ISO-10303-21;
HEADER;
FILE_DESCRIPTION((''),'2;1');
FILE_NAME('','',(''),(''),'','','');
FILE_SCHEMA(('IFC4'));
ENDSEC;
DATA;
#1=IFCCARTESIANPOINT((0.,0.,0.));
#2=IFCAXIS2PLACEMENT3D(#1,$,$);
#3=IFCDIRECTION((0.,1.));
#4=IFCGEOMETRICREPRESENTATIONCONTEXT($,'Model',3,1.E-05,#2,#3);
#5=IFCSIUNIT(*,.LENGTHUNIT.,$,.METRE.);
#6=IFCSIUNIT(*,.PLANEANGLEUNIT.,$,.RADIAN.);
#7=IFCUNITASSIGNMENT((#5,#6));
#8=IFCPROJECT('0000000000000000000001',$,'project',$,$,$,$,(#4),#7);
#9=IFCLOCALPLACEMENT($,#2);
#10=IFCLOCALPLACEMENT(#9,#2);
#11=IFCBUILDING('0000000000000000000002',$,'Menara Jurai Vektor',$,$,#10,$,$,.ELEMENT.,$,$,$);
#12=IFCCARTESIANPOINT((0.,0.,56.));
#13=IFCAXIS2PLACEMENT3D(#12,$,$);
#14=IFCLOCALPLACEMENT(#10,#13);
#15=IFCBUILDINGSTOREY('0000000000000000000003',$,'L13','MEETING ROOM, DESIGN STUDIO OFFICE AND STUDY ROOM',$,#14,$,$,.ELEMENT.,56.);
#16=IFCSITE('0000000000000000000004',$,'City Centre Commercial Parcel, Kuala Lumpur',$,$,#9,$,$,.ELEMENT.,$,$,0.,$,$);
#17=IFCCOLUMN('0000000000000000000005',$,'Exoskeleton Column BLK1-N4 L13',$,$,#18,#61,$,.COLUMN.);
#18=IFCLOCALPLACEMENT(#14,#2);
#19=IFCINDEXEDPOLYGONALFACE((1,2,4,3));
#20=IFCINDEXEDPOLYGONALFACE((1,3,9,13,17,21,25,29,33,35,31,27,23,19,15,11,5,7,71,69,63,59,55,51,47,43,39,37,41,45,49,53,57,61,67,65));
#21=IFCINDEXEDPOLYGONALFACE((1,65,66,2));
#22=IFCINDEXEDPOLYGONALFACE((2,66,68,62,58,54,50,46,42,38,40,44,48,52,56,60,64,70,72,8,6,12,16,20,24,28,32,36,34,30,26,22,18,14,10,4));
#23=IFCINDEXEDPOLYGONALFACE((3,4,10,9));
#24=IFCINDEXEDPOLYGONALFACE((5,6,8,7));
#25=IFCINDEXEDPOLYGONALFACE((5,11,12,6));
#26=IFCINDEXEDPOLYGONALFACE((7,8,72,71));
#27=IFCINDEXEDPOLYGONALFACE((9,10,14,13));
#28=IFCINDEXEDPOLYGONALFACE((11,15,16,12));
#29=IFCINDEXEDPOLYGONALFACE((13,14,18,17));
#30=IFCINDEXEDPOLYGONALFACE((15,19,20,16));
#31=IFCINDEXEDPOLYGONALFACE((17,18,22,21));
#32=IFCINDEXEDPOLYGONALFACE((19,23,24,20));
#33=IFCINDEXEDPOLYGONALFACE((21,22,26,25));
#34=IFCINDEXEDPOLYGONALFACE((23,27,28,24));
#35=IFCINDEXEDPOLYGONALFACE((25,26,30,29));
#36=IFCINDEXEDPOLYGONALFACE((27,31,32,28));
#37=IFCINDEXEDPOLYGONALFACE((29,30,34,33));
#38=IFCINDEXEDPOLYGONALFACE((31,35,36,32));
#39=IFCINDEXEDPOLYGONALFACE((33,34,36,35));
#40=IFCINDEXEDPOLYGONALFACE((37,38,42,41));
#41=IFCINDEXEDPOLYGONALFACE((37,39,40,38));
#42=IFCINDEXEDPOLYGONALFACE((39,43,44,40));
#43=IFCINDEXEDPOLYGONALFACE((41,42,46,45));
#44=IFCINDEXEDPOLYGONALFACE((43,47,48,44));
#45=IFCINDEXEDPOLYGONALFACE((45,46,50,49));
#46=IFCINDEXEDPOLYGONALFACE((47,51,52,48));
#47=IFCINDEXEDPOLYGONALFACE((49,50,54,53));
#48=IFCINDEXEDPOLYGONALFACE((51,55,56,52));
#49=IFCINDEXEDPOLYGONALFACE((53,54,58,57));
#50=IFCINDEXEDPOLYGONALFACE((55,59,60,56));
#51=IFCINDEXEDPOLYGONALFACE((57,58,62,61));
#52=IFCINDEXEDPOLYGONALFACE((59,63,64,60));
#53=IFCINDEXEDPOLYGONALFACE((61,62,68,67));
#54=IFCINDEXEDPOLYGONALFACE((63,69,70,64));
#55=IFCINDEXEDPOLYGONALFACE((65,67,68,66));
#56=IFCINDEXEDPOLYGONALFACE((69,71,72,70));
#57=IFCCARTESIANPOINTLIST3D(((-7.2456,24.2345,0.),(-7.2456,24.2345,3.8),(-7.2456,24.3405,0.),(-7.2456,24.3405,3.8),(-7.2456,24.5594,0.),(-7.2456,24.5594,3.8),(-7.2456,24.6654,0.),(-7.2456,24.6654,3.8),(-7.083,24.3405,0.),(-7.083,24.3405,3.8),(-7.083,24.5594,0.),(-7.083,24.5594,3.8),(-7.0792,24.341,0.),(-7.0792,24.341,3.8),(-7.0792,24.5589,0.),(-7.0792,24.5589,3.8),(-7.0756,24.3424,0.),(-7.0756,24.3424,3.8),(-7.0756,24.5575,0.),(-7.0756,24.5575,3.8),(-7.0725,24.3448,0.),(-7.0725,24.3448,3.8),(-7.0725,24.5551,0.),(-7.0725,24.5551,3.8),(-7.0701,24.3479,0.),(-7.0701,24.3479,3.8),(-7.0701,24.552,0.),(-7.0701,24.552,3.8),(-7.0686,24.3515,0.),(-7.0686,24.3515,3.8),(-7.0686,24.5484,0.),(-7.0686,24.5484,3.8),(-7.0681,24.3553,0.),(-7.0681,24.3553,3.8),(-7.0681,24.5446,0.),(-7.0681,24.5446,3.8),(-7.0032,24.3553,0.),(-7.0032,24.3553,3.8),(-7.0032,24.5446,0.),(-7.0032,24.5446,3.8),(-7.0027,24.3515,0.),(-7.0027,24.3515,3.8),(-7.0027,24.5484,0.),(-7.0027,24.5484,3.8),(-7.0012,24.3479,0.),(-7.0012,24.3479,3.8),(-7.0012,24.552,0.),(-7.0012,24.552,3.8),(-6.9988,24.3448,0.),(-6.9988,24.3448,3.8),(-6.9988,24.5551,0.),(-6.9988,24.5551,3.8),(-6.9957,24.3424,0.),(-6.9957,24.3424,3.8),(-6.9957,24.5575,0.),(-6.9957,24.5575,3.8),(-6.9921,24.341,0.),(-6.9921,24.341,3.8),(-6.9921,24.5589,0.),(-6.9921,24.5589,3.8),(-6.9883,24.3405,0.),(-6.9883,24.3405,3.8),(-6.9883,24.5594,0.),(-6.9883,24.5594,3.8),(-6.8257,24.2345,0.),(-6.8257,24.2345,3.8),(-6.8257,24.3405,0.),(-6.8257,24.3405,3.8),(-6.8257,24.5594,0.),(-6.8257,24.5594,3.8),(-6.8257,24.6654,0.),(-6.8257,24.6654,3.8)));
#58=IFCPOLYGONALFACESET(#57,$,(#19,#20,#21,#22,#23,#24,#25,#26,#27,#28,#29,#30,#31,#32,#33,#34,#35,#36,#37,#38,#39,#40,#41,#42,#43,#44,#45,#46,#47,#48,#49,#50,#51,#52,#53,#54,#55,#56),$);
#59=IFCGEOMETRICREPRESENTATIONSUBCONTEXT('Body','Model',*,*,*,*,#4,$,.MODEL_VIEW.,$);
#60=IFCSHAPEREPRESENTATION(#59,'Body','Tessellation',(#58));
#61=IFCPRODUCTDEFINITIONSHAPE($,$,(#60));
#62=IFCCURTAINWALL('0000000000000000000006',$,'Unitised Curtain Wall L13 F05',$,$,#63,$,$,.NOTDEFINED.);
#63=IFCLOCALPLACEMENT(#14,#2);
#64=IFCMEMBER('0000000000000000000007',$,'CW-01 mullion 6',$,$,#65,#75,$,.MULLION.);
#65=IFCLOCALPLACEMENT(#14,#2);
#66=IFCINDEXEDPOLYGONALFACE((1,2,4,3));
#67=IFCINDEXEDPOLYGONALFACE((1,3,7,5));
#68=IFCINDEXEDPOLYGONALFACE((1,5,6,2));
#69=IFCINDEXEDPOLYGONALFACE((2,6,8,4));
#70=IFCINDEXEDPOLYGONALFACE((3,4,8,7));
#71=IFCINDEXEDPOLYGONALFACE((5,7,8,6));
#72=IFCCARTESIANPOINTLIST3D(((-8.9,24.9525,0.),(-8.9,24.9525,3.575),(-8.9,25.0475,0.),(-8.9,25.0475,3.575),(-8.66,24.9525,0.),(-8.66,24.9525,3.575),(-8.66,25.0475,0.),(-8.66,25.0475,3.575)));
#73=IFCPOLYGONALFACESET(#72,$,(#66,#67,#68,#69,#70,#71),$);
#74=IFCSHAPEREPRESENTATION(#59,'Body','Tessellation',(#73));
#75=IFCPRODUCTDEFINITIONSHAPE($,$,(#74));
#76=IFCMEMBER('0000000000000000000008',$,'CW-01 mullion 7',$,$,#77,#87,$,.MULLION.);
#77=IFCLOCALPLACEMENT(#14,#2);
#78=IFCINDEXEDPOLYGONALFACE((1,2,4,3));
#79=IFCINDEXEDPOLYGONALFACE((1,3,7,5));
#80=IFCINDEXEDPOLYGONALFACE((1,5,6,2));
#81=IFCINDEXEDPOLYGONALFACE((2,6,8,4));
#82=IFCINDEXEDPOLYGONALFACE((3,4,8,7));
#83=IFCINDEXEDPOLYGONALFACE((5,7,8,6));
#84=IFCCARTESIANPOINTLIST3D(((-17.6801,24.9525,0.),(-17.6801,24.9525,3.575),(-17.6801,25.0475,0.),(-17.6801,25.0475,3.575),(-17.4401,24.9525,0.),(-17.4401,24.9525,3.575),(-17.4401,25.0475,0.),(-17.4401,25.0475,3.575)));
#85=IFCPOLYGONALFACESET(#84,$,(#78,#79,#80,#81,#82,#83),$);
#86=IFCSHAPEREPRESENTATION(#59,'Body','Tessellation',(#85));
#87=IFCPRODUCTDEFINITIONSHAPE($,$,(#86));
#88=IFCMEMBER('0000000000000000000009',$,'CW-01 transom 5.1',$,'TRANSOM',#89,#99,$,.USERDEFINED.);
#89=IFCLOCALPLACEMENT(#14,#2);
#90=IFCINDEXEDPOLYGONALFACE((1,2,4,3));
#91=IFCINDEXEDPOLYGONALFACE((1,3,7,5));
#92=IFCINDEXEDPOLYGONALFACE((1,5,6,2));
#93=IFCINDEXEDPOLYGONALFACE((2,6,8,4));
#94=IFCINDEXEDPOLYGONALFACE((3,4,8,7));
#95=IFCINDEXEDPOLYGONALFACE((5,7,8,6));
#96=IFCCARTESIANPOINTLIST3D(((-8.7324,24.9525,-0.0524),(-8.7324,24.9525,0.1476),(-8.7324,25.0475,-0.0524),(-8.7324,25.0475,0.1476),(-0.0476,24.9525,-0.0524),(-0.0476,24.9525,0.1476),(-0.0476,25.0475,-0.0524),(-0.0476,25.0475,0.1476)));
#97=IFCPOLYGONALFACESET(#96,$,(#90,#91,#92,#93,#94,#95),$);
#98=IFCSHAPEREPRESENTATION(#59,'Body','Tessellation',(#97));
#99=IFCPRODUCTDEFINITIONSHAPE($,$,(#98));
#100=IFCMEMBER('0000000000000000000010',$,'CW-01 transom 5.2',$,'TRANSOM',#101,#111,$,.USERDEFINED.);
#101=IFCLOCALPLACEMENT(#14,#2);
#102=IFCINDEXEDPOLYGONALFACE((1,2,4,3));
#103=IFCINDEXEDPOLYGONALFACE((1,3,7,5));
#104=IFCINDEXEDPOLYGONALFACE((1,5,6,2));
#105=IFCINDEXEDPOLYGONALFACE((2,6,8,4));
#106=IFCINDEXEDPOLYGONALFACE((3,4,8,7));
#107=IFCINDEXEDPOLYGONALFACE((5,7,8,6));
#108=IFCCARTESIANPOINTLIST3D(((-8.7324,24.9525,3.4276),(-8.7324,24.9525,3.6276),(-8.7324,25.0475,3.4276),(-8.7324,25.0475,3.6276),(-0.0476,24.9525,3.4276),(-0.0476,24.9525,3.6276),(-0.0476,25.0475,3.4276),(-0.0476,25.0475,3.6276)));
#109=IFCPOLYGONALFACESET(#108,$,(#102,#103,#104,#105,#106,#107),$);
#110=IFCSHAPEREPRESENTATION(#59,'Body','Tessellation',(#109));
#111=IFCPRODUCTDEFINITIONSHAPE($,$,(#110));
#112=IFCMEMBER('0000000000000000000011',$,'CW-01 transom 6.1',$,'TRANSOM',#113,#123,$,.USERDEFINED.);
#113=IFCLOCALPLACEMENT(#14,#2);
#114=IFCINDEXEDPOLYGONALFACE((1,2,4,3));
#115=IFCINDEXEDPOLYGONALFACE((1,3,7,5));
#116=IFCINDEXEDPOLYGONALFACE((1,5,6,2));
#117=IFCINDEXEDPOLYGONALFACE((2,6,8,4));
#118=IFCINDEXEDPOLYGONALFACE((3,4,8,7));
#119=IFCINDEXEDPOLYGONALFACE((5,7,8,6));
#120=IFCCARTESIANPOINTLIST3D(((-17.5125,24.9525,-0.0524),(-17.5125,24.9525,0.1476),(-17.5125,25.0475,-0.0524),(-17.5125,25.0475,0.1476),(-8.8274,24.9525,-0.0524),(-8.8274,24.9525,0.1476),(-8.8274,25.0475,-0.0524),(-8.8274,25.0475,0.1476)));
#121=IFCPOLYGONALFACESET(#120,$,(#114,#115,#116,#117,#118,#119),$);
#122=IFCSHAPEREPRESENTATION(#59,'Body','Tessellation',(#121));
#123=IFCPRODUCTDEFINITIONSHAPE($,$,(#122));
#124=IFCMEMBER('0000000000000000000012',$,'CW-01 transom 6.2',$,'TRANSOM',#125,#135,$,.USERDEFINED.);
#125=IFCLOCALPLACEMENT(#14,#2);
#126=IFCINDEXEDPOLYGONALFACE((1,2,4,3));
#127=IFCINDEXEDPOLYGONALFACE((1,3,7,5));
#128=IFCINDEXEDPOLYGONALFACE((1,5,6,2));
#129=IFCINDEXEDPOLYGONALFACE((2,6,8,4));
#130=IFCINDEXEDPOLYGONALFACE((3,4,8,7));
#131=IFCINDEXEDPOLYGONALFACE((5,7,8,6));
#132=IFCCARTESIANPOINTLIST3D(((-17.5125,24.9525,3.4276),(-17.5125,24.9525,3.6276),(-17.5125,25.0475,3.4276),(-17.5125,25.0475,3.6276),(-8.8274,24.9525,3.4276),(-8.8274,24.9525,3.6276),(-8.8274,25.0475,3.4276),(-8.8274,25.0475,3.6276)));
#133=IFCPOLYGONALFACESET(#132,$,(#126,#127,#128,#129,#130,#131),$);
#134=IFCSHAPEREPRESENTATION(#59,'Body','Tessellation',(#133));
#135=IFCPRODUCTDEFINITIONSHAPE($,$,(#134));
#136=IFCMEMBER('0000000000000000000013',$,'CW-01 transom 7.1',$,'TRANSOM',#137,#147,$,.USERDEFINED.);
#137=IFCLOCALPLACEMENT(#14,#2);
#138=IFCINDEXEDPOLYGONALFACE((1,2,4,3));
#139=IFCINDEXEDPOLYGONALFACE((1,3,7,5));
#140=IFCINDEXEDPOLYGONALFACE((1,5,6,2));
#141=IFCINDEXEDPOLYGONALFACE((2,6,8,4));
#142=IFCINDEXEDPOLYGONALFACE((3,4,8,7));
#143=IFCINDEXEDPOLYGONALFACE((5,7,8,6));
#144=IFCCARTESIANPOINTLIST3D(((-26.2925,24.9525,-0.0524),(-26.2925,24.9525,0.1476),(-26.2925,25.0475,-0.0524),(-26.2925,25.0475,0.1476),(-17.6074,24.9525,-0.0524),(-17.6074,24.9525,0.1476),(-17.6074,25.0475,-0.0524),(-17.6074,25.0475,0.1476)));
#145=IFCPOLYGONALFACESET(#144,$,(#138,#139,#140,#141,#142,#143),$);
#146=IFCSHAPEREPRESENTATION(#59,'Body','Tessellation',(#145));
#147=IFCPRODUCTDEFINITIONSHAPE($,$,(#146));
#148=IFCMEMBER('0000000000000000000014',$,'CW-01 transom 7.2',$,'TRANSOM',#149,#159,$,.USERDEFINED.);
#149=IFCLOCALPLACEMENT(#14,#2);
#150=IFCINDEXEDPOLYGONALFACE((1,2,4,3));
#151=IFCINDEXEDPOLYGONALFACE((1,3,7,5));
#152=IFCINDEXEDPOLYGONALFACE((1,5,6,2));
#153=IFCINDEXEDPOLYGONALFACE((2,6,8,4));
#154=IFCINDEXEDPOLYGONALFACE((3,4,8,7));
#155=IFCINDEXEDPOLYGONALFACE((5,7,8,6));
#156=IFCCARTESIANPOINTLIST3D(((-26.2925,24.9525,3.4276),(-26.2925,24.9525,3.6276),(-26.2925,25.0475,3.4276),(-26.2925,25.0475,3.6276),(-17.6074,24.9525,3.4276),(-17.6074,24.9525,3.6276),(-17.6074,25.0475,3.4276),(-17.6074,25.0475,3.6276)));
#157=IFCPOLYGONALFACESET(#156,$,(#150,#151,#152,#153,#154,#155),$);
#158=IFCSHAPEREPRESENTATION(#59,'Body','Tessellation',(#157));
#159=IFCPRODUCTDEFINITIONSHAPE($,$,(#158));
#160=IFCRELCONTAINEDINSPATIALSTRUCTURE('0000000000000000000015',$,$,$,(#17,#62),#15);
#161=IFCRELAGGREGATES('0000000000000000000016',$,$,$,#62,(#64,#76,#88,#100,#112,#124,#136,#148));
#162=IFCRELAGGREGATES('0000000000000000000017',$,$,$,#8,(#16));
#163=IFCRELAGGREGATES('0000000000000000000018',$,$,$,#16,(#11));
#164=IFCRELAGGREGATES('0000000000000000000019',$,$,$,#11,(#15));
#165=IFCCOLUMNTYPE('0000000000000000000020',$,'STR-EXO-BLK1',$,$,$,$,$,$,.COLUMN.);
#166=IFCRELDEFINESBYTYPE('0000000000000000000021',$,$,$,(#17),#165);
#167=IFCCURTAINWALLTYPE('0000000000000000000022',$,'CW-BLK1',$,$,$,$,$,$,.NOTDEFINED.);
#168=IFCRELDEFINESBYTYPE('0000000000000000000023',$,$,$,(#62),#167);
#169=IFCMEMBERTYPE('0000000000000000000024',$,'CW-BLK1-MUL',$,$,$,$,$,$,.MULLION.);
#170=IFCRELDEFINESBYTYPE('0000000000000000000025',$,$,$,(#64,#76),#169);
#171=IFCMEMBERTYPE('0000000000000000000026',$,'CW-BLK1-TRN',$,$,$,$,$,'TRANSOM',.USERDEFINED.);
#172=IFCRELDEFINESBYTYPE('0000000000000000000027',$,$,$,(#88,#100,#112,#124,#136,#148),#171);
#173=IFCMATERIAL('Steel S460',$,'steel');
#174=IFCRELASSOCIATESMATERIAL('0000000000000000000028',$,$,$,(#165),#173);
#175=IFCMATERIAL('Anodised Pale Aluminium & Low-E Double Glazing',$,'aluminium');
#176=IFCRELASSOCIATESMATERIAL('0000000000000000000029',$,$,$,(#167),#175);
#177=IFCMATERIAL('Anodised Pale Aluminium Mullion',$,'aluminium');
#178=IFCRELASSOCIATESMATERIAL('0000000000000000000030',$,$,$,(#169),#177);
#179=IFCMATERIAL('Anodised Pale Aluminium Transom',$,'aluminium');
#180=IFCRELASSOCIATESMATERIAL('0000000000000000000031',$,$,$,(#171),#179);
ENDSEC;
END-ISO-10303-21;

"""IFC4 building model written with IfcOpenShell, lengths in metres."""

from ifc_helpers import new_model, si_unit, direction, frame, origin, origin_2d, place, context, subcontext, project, spatial, rectangle, i_section, extrude, material, material_profile, profile_set, type_object, element, aggregate, save


model = new_model("IFC4")

# Units and contexts
model_context = context("Model", 3, precision=1e-05, world=origin(), true_north=direction((0.0, 1.0)))
body_context = subcontext(model_context, "Body", "Model", "MODEL_VIEW")
ifc_project = project(units=[si_unit("LENGTHUNIT", "METRE"), si_unit("PLANEANGLEUNIT", "RADIAN")], contexts=[model_context])

# Site, building, storey
site_placement = place(None, origin())
site = spatial("IfcSite", under=ifc_project, at=site_placement, Name="City Centre Commercial Parcel, Kuala Lumpur", CompositionType="ELEMENT", RefElevation=0.0)
building_placement = place(site_placement, origin())
building = spatial("IfcBuilding", under=site, at=building_placement, Name="Menara Jurai Vektor", CompositionType="ELEMENT")
storey_placement = place(building_placement, frame((0.0, 0.0, 56.0)))
storey = spatial("IfcBuildingStorey", under=building, at=storey_placement, Name="L13", Description="MEETING ROOM, DESIGN STUDIO OFFICE AND STUDY ROOM", CompositionType="ELEMENT", Elevation=56.0)

# Column
ifc_material_1 = material(Name="Steel S460", Category="steel")
ifc_material_profile_1 = material_profile(ifc_material_1, i_section(OverallWidth=0.4199, OverallDepth=0.4309, WebThickness=0.0649, FlangeThickness=0.106, FilletRadius=0.0149, at=origin_2d()), Name="HD 400x900")
ifc_profile_set_1 = profile_set([ifc_material_profile_1], Name="Steel S460")
column_type = type_object("IfcColumnType", Name="STR-EXO-BLK1", PredefinedType="COLUMN", material=ifc_profile_set_1)
column_placement = place(storey_placement, frame((-7.0356, 24.45, 0.0), z_axis=(0.0, 0.0, 1.0), x_axis=(1.0, 0.0, 0.0)))
element("IfcColumn", 1, at=column_placement, inside=storey, type_object=column_type, Name="Exoskeleton Column BLK1-N4 L13", PredefinedType="COLUMN", context=body_context, shape_type="SweptSolid", body=[
    extrude(i_section(OverallWidth=0.4199, OverallDepth=0.4309, WebThickness=0.0649, FlangeThickness=0.106, FilletRadius=0.0149, at=origin_2d()), origin(), (0.0, 0.0, 1.0), 3.8),
])

# Curtain wall, members
ifc_material_2 = material(Name="Anodised Pale Aluminium & Low-E Double Glazing", Category="aluminium")
curtain_wall_type = type_object("IfcCurtainWallType", Name="CW-BLK1", PredefinedType="NOTDEFINED", material=ifc_material_2)
curtain_wall_placement = place(storey_placement, origin())
curtain_wall = element("IfcCurtainWall", 2, at=curtain_wall_placement, inside=storey, type_object=curtain_wall_type, Name="Unitised Curtain Wall L13 F05", PredefinedType="NOTDEFINED")
ifc_material_3 = material(Name="Anodised Pale Aluminium Mullion", Category="aluminium")
ifc_material_profile_2 = material_profile(ifc_material_3, rectangle(XDim=0.095, YDim=0.24, at=origin_2d()), Name="ALU MUL 95x240")
ifc_profile_set_2 = profile_set([ifc_material_profile_2], Name="Anodised Pale Aluminium Mullion")
member_type_1 = type_object("IfcMemberType", Name="CW-BLK1-MUL", PredefinedType="MULLION", material=ifc_profile_set_2)
member_1_placement = place(storey_placement, frame((-8.78, 25.0, 0.0), z_axis=(0.0, 0.0, 1.0), x_axis=(0.0, -1.0, 0.0)))
member_1 = element("IfcMember", 3, at=member_1_placement, type_object=member_type_1, Name="CW-01 mullion 6", PredefinedType="MULLION", context=body_context, shape_type="SweptSolid", body=[
    extrude(rectangle(XDim=0.095, YDim=0.24, at=origin_2d()), origin(), (0.0, 0.0, 1.0), 3.575),
])
member_2_placement = place(storey_placement, frame((-17.5601, 25.0, 0.0), z_axis=(0.0, 0.0, 1.0), x_axis=(0.0, -1.0, 0.0)))
member_2 = element("IfcMember", 4, at=member_2_placement, type_object=member_type_1, Name="CW-01 mullion 7", PredefinedType="MULLION", context=body_context, shape_type="SweptSolid", body=[
    extrude(rectangle(XDim=0.095, YDim=0.24, at=origin_2d()), origin(), (0.0, 0.0, 1.0), 3.575),
])
ifc_material_4 = material(Name="Anodised Pale Aluminium Transom", Category="aluminium")
ifc_material_profile_3 = material_profile(ifc_material_4, rectangle(XDim=0.095, YDim=0.2, at=origin_2d()), Name="ALU TRN 95x200")
ifc_profile_set_3 = profile_set([ifc_material_profile_3], Name="Anodised Pale Aluminium Transom")
member_type_2 = type_object("IfcMemberType", Name="CW-BLK1-TRN", ElementType="TRANSOM", PredefinedType="USERDEFINED", material=ifc_profile_set_3)
member_3_placement = place(storey_placement, frame((-0.0476, 25.0, 0.0476), z_axis=(-1.0, 0.0, 0.0), x_axis=(0.0, -1.0, 0.0)))
member_3 = element("IfcMember", 5, at=member_3_placement, type_object=member_type_2, Name="CW-01 transom 5.1", ObjectType="TRANSOM", PredefinedType="USERDEFINED", context=body_context, shape_type="SweptSolid", body=[
    extrude(rectangle(XDim=0.095, YDim=0.2, at=origin_2d()), origin(), (0.0, 0.0, 1.0), 8.6848),
])
member_4_placement = place(storey_placement, frame((-0.0476, 25.0, 3.5276), z_axis=(-1.0, 0.0, 0.0), x_axis=(0.0, -1.0, 0.0)))
member_4 = element("IfcMember", 6, at=member_4_placement, type_object=member_type_2, Name="CW-01 transom 5.2", ObjectType="TRANSOM", PredefinedType="USERDEFINED", context=body_context, shape_type="SweptSolid", body=[
    extrude(rectangle(XDim=0.095, YDim=0.2, at=origin_2d()), origin(), (0.0, 0.0, 1.0), 8.6848),
])
member_5_placement = place(storey_placement, frame((-8.8274, 25.0, 0.0476), z_axis=(-1.0, 0.0, 0.0), x_axis=(0.0, -1.0, 0.0)))
member_5 = element("IfcMember", 7, at=member_5_placement, type_object=member_type_2, Name="CW-01 transom 6.1", ObjectType="TRANSOM", PredefinedType="USERDEFINED", context=body_context, shape_type="SweptSolid", body=[
    extrude(rectangle(XDim=0.095, YDim=0.2, at=origin_2d()), origin(), (0.0, 0.0, 1.0), 8.6851),
])
member_6_placement = place(storey_placement, frame((-8.8274, 25.0, 3.5276), z_axis=(-1.0, 0.0, 0.0), x_axis=(0.0, -1.0, 0.0)))
member_6 = element("IfcMember", 8, at=member_6_placement, type_object=member_type_2, Name="CW-01 transom 6.2", ObjectType="TRANSOM", PredefinedType="USERDEFINED", context=body_context, shape_type="SweptSolid", body=[
    extrude(rectangle(XDim=0.095, YDim=0.2, at=origin_2d()), origin(), (0.0, 0.0, 1.0), 8.6851),
])
member_7_placement = place(storey_placement, frame((-17.6074, 25.0, 0.0476), z_axis=(-1.0, 0.0, 0.0), x_axis=(0.0, -1.0, 0.0)))
member_7 = element("IfcMember", 9, at=member_7_placement, type_object=member_type_2, Name="CW-01 transom 7.1", ObjectType="TRANSOM", PredefinedType="USERDEFINED", context=body_context, shape_type="SweptSolid", body=[
    extrude(rectangle(XDim=0.095, YDim=0.2, at=origin_2d()), origin(), (0.0, 0.0, 1.0), 8.6851),
])
member_8_placement = place(storey_placement, frame((-17.6074, 25.0, 3.5276), z_axis=(-1.0, 0.0, 0.0), x_axis=(0.0, -1.0, 0.0)))
member_8 = element("IfcMember", 10, at=member_8_placement, type_object=member_type_2, Name="CW-01 transom 7.2", ObjectType="TRANSOM", PredefinedType="USERDEFINED", context=body_context, shape_type="SweptSolid", body=[
    extrude(rectangle(XDim=0.095, YDim=0.2, at=origin_2d()), origin(), (0.0, 0.0, 1.0), 8.6851),
])

aggregate(curtain_wall, [member_1, member_2, member_3, member_4, member_5, member_6, member_7, member_8])

save(model, "model.ifc")
